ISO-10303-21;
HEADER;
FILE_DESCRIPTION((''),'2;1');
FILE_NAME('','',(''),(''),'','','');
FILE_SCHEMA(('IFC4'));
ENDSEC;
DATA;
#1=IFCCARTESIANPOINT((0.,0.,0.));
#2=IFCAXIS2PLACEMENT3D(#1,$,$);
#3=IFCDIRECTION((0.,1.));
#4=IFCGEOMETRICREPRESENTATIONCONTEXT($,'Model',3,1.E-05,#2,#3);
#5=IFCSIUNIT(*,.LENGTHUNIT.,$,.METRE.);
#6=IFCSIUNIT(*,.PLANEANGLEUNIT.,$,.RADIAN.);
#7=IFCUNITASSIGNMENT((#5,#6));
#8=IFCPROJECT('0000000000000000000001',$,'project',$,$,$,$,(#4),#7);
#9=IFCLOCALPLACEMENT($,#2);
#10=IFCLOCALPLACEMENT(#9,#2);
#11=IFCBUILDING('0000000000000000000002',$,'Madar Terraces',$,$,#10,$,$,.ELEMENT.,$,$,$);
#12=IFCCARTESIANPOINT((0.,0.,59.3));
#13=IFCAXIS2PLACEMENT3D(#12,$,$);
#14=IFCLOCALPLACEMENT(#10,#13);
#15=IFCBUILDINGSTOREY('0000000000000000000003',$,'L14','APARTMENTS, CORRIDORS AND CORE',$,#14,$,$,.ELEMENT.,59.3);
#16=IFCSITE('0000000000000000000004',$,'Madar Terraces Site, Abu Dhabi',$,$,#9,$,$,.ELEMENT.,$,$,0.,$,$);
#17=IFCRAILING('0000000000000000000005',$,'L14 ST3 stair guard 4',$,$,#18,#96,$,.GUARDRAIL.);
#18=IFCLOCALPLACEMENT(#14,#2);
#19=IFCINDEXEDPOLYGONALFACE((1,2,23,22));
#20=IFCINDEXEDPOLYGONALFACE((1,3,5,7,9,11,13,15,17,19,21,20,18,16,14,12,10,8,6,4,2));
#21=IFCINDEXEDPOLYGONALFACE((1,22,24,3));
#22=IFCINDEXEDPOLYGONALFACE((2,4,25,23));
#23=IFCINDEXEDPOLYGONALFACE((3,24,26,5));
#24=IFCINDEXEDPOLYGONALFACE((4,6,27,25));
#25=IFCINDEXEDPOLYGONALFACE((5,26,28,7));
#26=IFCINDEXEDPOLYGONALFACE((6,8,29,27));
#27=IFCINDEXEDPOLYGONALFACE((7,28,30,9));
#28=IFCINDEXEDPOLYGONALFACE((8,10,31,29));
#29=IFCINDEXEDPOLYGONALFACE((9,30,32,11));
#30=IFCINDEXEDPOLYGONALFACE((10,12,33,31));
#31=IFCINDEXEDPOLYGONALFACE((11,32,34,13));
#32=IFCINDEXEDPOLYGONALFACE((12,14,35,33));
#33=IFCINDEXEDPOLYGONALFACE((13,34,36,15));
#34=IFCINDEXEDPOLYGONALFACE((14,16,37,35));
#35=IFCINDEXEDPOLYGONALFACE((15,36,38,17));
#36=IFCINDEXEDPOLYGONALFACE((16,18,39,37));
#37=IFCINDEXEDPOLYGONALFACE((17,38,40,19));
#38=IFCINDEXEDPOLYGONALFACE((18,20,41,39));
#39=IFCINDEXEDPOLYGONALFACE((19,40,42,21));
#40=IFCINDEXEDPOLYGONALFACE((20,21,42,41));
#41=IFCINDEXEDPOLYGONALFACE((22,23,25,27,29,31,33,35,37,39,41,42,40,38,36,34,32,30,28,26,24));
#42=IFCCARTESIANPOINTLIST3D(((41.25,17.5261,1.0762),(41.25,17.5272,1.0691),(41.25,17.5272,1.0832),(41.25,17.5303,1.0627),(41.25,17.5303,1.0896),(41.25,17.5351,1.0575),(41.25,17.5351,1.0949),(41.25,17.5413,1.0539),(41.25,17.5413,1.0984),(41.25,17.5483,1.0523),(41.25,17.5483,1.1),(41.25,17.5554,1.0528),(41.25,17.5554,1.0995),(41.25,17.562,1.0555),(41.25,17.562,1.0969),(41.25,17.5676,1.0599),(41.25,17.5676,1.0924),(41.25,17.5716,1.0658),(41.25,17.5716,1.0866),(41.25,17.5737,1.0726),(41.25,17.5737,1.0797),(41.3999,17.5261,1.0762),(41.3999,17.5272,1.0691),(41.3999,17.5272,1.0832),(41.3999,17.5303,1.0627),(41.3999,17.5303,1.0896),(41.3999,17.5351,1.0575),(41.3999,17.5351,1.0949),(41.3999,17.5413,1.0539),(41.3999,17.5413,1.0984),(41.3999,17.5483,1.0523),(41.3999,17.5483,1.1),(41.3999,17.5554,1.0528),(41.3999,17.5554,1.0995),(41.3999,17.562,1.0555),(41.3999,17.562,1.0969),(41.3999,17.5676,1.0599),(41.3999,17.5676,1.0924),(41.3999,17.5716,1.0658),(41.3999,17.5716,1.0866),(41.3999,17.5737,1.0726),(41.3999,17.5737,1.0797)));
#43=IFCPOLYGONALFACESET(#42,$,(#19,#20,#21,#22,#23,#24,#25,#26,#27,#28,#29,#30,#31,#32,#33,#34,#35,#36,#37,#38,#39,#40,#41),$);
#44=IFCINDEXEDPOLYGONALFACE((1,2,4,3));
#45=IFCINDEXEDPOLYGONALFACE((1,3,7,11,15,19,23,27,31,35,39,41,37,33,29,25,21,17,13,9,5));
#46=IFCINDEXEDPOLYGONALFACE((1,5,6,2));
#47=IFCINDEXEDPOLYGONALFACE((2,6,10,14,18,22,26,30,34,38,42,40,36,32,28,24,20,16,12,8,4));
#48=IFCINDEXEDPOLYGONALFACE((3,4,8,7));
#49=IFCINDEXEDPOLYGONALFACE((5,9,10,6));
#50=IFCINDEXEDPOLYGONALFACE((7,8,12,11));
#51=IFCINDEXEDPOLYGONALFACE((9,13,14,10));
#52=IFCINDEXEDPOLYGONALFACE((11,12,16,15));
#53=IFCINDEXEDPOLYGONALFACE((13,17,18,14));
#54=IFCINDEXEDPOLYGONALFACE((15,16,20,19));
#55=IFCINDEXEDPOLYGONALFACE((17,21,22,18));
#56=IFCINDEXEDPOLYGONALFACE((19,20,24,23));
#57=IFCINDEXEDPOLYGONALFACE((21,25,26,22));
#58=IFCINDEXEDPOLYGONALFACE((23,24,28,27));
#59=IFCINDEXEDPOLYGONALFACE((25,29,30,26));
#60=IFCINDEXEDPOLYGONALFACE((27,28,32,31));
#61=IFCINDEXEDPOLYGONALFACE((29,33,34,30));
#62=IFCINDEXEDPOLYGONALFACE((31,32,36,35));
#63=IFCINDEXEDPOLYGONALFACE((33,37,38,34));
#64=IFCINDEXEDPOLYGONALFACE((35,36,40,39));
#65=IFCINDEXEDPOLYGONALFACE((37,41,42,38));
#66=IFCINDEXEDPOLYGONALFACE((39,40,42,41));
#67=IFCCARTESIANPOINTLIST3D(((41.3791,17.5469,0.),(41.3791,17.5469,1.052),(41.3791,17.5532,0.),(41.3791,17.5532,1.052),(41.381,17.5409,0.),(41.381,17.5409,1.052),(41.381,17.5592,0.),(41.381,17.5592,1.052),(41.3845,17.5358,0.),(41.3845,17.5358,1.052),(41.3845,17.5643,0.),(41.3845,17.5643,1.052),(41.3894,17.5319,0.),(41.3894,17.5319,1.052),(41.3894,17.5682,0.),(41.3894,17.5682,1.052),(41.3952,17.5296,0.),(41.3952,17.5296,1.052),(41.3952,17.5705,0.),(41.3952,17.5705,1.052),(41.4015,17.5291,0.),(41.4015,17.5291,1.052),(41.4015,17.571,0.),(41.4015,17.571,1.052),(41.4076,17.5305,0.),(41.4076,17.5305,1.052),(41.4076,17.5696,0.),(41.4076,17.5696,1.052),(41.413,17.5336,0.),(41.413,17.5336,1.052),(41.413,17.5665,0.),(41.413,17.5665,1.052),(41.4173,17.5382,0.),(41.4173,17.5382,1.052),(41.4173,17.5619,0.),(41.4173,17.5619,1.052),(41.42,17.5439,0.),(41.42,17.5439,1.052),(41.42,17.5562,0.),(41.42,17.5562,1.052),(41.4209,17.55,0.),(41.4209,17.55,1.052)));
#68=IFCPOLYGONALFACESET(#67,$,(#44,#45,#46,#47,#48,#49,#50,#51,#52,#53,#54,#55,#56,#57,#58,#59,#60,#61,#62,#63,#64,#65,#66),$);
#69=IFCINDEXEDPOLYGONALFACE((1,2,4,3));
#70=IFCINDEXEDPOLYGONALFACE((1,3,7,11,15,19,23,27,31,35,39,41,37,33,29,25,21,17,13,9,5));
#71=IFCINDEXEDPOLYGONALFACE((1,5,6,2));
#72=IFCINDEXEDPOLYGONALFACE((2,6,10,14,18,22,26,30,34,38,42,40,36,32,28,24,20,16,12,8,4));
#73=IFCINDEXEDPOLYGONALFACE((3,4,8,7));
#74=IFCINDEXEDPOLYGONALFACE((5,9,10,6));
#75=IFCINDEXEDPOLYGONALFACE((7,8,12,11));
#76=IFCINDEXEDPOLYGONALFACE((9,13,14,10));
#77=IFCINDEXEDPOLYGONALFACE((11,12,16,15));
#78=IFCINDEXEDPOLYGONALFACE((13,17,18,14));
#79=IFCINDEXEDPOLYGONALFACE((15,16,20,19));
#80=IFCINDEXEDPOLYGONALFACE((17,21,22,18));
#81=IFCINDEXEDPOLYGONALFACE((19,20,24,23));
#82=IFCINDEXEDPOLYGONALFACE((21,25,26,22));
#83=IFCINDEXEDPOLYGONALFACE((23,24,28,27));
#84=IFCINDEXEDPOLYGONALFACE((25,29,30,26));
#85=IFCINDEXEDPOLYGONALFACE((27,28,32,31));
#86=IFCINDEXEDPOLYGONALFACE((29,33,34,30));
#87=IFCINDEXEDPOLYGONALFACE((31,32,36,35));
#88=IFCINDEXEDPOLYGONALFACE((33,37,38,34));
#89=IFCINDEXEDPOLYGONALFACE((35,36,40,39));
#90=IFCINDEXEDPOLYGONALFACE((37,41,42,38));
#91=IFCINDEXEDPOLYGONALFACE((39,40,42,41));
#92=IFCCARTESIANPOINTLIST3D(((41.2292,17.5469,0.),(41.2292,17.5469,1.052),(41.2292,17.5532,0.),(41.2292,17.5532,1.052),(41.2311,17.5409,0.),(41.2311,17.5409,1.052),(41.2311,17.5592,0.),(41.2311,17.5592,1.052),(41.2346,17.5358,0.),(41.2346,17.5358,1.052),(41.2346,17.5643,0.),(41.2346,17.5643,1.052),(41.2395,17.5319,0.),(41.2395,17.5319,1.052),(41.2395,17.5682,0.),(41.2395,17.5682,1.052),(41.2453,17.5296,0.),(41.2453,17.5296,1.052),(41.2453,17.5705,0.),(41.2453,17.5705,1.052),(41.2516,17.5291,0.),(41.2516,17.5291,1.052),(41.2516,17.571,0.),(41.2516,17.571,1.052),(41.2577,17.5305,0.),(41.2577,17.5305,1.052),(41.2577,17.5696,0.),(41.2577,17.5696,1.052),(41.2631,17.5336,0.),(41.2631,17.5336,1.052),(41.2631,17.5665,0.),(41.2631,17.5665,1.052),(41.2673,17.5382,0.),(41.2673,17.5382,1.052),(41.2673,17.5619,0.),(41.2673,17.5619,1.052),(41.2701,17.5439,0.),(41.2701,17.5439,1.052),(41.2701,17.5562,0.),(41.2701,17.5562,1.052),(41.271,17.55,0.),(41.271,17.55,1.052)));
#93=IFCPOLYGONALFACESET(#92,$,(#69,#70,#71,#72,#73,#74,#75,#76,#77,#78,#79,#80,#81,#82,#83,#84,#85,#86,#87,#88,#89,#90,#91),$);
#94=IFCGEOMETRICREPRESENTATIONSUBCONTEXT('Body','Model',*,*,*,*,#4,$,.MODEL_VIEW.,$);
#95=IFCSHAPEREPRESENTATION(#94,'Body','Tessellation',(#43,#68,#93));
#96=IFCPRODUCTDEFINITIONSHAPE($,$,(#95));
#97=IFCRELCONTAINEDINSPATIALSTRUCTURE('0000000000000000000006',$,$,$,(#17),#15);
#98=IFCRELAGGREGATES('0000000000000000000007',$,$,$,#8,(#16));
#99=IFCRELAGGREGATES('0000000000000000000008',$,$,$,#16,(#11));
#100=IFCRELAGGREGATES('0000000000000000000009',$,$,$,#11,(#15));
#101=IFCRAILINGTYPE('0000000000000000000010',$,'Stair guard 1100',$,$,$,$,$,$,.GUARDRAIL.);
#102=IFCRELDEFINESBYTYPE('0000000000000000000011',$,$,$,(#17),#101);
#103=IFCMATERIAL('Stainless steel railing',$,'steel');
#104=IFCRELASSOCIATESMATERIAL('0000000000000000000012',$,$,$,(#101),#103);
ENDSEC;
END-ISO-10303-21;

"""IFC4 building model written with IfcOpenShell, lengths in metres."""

from ifc_helpers import new_model, si_unit, direction, frame, origin, origin_2d, place, context, subcontext, project, spatial, circle, extrude, material, type_object, element, save


model = new_model("IFC4")

# Units and contexts
model_context = context("Model", 3, precision=1e-05, world=origin(), true_north=direction((0.0, 1.0)))
body_context = subcontext(model_context, "Body", "Model", "MODEL_VIEW")
ifc_project = project(units=[si_unit("LENGTHUNIT", "METRE"), si_unit("PLANEANGLEUNIT", "RADIAN")], contexts=[model_context])

# Site, building, storey
site_placement = place(None, origin())
site = spatial("IfcSite", under=ifc_project, at=site_placement, Name="Madar Terraces Site, Abu Dhabi", CompositionType="ELEMENT", RefElevation=0.0)
building_placement = place(site_placement, origin())
building = spatial("IfcBuilding", under=site, at=building_placement, Name="Madar Terraces", CompositionType="ELEMENT")
storey_placement = place(building_placement, frame((0.0, 0.0, 59.3)))
storey = spatial("IfcBuildingStorey", under=building, at=storey_placement, Name="L14", Description="APARTMENTS, CORRIDORS AND CORE", CompositionType="ELEMENT", Elevation=59.3)

# Railing
ifc_material_1 = material(Name="Stainless steel railing", Category="steel")
railing_type_1 = type_object("IfcRailingType", Name="Stair guard 1100", PredefinedType="GUARDRAIL", material=ifc_material_1)
railing_1_placement = place(storey_placement, frame((41.3999, 17.55, 0.0)))
element("IfcRailing", 1, at=railing_1_placement, inside=storey, type_object=railing_type_1, Name="L14 ST3 stair guard 4", PredefinedType="GUARDRAIL", context=body_context, shape_type="SweptSolid", body=[
    extrude(circle(Radius=0.0239, at=origin_2d()), frame((0.0, 0.0, 1.0762), z_axis=(-1.0, 0.0, 0.0), x_axis=(0.0, -1.0, 0.0)), (0.0, 0.0, 1.0), 0.1499),
    extrude(circle(Radius=0.021, at=origin_2d()), origin(), (0.0, 0.0, 1.0), 1.052),
    extrude(circle(Radius=0.021, at=origin_2d()), frame((-0.1499, 0.0, 0.0)), (0.0, 0.0, 1.0), 1.052),
])

save(model, "model.ifc")
